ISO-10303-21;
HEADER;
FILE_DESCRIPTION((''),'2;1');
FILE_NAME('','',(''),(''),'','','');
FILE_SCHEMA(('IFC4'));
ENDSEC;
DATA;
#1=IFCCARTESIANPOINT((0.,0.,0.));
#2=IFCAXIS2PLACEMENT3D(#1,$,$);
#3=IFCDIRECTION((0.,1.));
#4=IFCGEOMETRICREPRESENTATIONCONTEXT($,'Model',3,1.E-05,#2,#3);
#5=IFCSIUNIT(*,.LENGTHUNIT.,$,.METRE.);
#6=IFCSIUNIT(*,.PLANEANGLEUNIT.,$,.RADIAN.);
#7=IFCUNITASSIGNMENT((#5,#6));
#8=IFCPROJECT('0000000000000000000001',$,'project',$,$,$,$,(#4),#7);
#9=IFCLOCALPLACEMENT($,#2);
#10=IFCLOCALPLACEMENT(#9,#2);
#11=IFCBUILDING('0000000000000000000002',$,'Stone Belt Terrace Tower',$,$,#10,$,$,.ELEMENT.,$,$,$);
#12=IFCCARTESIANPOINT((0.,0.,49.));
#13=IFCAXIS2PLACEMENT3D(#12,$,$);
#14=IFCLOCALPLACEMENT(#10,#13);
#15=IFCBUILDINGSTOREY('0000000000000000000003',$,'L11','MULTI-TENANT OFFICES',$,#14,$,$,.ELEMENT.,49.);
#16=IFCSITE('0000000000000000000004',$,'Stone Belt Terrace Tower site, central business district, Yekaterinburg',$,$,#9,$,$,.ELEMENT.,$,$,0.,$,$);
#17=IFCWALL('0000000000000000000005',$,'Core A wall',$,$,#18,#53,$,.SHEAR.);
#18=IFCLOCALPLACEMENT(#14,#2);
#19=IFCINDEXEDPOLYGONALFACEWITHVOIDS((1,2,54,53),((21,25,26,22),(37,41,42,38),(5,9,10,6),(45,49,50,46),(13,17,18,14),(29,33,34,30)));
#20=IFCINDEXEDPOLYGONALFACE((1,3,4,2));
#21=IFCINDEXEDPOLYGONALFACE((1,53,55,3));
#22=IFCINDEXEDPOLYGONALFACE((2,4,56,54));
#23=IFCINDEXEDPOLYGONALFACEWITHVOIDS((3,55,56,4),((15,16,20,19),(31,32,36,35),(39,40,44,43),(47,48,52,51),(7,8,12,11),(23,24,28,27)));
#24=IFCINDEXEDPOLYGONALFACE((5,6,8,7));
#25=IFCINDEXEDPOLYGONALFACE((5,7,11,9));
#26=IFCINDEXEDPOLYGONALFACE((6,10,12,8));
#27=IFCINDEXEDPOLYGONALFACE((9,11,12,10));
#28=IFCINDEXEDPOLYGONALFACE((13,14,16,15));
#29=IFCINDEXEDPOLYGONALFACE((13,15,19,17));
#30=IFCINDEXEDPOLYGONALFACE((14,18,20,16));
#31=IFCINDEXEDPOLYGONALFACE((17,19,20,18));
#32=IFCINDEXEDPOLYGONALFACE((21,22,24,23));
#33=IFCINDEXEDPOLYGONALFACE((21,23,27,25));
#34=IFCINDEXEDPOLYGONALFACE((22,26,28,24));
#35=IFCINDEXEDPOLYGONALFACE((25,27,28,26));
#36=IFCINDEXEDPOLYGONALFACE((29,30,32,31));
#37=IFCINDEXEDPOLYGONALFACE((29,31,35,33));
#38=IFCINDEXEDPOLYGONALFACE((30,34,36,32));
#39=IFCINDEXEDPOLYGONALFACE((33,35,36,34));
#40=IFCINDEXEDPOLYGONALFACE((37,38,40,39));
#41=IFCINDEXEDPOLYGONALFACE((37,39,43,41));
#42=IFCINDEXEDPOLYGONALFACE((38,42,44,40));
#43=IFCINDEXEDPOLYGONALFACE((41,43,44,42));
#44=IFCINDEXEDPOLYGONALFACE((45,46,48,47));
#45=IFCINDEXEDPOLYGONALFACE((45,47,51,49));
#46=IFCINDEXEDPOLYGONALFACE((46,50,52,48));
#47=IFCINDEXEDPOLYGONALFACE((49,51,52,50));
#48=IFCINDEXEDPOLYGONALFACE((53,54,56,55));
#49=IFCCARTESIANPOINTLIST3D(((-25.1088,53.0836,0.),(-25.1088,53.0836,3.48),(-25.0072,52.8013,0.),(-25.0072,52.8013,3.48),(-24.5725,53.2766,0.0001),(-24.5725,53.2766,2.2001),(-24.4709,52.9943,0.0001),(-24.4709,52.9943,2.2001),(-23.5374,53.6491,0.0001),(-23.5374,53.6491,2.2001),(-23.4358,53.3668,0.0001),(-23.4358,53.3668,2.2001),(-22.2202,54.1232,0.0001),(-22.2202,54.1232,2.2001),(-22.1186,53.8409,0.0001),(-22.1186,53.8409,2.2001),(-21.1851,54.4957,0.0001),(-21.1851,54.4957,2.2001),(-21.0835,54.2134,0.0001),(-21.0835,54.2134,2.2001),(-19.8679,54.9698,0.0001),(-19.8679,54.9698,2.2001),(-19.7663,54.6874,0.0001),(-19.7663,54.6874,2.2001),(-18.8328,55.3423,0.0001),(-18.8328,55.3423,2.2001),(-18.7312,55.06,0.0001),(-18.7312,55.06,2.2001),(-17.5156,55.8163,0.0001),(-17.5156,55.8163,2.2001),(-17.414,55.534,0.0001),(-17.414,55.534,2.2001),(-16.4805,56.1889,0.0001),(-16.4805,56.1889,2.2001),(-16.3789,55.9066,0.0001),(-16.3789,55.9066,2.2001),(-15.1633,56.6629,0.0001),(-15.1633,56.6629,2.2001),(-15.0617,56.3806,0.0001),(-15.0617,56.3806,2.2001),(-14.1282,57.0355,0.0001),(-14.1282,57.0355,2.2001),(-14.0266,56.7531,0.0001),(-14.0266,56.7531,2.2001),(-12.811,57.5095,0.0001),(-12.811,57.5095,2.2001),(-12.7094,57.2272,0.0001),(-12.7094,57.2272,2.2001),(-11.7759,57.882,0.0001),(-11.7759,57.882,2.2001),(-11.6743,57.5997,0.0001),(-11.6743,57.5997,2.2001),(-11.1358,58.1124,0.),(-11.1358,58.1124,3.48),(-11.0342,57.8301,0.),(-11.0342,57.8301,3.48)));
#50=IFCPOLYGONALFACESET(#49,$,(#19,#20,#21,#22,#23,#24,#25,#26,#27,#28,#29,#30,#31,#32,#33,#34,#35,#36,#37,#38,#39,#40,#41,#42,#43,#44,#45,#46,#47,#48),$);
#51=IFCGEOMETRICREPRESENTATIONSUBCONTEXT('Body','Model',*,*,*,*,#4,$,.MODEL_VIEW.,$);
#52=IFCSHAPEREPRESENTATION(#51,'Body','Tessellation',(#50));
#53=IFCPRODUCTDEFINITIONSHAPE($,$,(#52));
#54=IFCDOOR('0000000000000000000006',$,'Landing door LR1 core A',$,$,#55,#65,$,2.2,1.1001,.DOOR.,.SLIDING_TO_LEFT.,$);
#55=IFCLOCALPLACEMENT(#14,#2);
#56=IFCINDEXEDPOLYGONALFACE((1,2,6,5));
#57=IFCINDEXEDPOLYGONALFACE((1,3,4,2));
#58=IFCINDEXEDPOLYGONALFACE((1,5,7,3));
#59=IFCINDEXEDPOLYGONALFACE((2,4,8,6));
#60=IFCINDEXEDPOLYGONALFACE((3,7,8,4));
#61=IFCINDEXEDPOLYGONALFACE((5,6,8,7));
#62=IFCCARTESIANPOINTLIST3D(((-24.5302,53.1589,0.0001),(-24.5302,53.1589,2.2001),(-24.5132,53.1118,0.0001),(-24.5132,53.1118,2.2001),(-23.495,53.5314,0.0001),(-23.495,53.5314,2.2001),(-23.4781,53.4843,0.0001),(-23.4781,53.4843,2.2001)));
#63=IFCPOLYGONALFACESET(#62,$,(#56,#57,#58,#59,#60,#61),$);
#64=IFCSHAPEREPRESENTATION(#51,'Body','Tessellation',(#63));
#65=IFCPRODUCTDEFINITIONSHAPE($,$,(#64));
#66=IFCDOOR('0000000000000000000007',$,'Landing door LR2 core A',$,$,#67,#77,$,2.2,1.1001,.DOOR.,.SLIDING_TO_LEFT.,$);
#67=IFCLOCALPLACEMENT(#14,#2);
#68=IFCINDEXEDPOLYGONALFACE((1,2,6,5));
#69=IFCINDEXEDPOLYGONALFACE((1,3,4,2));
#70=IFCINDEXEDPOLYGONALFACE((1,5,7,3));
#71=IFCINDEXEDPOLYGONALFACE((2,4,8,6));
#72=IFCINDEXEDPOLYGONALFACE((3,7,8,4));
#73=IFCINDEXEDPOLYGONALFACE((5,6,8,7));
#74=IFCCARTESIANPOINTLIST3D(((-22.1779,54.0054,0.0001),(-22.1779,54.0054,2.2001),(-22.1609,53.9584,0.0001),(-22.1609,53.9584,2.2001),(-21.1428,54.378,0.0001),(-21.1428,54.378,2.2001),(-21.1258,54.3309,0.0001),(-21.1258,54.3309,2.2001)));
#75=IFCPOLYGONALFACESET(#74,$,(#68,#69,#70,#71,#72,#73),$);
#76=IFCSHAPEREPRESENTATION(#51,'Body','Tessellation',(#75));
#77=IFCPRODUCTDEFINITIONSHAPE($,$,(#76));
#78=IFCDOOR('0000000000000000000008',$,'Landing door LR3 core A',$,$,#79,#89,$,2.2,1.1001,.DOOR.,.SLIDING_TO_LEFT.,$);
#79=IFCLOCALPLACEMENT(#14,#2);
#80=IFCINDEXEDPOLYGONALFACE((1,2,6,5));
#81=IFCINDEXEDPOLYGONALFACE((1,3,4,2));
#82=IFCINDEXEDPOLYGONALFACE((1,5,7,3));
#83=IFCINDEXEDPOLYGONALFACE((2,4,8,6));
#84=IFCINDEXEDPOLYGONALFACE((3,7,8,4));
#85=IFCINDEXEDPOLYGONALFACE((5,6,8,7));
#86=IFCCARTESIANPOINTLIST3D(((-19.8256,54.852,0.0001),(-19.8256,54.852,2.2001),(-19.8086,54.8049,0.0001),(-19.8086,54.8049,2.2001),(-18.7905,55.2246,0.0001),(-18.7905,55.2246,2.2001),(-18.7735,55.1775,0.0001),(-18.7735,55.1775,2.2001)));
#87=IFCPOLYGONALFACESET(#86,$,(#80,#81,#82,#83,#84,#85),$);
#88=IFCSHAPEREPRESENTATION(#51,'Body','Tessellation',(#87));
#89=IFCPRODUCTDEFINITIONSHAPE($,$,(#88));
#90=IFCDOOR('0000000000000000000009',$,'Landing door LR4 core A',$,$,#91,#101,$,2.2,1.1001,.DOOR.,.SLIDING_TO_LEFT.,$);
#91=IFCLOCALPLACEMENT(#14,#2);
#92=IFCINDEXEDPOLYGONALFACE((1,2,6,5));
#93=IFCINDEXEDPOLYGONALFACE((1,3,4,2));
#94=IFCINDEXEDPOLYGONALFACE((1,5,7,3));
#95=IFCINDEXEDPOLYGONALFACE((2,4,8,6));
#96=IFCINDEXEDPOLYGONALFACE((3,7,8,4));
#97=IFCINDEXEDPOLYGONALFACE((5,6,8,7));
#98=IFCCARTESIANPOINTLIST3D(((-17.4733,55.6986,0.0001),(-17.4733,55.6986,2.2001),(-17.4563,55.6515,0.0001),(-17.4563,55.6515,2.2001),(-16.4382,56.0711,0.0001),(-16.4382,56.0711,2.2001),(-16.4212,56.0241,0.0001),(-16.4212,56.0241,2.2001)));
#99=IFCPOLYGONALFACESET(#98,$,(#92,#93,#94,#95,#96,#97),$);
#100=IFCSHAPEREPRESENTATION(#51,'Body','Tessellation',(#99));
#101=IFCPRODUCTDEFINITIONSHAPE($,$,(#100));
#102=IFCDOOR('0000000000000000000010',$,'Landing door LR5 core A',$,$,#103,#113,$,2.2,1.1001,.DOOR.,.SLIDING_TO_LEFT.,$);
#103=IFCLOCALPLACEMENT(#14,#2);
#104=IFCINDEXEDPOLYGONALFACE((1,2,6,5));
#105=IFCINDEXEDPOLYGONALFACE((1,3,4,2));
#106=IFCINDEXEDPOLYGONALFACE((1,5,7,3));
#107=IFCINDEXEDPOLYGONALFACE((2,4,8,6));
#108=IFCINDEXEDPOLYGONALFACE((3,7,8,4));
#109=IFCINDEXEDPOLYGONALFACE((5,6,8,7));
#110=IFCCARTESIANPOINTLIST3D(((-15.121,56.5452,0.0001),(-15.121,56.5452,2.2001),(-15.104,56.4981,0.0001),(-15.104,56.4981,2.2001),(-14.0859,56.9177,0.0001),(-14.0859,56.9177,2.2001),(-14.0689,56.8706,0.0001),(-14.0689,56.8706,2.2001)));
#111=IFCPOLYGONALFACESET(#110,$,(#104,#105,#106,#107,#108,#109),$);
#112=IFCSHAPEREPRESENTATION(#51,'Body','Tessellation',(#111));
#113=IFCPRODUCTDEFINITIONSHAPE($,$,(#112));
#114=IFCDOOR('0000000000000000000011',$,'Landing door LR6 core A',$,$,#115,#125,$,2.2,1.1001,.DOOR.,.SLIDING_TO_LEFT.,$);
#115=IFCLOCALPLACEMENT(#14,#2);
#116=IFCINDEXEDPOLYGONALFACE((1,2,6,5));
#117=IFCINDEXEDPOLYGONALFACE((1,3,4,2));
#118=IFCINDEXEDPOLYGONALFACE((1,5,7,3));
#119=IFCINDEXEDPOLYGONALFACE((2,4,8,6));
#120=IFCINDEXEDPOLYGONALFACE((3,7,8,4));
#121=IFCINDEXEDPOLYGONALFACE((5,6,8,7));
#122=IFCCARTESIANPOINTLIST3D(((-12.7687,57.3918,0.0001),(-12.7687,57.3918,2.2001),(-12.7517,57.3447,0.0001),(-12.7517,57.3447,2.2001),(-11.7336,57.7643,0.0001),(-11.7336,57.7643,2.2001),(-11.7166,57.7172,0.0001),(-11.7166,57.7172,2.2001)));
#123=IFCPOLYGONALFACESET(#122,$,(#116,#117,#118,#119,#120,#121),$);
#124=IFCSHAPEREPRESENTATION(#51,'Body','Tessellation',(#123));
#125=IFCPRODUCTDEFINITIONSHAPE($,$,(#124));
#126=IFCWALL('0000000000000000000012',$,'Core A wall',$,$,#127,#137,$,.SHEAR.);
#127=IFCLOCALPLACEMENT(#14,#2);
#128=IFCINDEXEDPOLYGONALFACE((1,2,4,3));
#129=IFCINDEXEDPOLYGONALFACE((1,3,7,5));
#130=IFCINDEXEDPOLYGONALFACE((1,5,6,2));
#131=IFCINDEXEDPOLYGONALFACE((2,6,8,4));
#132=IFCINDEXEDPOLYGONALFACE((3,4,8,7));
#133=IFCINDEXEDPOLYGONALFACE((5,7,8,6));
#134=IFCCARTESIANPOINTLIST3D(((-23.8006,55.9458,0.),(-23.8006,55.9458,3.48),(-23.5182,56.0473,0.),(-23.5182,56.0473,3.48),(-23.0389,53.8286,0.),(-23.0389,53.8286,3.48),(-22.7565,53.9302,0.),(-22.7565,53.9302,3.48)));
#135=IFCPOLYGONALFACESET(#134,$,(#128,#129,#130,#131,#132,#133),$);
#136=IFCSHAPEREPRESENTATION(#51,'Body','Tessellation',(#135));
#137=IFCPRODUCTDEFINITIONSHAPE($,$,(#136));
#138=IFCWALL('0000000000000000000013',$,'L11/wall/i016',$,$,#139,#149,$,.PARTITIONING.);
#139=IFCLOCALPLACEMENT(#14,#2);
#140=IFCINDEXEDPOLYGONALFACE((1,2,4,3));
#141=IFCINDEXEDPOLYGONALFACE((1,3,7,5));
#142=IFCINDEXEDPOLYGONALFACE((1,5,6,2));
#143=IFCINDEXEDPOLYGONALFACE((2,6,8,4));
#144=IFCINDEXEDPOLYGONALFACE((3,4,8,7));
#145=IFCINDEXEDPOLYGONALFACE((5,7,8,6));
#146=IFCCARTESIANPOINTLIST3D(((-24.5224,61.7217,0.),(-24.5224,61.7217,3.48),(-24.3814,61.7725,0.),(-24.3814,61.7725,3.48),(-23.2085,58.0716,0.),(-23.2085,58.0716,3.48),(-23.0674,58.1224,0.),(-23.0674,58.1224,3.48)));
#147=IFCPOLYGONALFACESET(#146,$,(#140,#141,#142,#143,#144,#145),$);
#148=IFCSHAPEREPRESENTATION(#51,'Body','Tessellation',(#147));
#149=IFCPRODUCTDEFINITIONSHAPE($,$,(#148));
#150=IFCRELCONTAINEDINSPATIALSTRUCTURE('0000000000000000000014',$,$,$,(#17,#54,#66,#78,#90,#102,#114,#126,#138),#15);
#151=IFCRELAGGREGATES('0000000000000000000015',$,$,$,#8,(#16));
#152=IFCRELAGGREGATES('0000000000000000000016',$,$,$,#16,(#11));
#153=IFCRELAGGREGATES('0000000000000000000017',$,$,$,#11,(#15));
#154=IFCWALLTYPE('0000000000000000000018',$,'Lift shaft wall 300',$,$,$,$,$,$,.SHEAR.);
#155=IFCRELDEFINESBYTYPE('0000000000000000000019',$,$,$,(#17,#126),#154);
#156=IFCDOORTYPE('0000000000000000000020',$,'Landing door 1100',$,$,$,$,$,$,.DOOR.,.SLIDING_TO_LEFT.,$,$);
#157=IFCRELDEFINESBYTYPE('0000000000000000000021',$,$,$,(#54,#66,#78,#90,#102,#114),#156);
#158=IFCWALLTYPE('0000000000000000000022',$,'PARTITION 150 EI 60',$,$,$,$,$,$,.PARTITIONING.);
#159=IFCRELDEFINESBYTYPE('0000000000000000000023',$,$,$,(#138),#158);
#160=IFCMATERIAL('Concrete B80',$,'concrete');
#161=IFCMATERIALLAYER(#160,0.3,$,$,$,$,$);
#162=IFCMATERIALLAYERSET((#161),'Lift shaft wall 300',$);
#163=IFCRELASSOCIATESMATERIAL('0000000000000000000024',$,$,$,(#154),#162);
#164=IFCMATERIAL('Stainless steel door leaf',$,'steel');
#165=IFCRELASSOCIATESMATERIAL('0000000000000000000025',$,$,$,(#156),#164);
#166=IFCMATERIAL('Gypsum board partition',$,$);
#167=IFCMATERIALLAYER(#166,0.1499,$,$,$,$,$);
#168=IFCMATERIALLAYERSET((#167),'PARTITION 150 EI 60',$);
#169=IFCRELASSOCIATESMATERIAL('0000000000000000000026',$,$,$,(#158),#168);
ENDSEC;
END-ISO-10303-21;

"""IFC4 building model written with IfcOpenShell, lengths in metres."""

from ifc_helpers import new_model, si_unit, direction, frame, frame_2d, origin, place, context, subcontext, project, spatial, rectangle, extrude, material, layer, layer_set, type_object, element, fill, save


model = new_model("IFC4")

# Units and contexts
model_context = context("Model", 3, precision=1e-05, world=origin(), true_north=direction((0.0, 1.0)))
body_context = subcontext(model_context, "Body", "Model", "MODEL_VIEW")
ifc_project = project(units=[si_unit("LENGTHUNIT", "METRE"), si_unit("PLANEANGLEUNIT", "RADIAN")], contexts=[model_context])

# Site, building, storey
site_placement = place(None, origin())
site = spatial("IfcSite", under=ifc_project, at=site_placement, Name="Stone Belt Terrace Tower site, central business district, Yekaterinburg", CompositionType="ELEMENT", RefElevation=0.0)
building_placement = place(site_placement, origin())
building = spatial("IfcBuilding", under=site, at=building_placement, Name="Stone Belt Terrace Tower", CompositionType="ELEMENT")
storey_placement = place(building_placement, frame((0.0, 0.0, 49.0)))
storey = spatial("IfcBuildingStorey", under=building, at=storey_placement, Name="L11", Description="MULTI-TENANT OFFICES", CompositionType="ELEMENT", Elevation=49.0)

# Shared definitions
ifc_material_1 = material(Name="Concrete B80", Category="concrete")

# Shared definitions
ifc_layer_1 = layer(ifc_material_1, 0.3)
ifc_layer_set_1 = layer_set([ifc_layer_1], Name="Lift shaft wall 300")
wall_type_1 = type_object("IfcWallType", Name="Lift shaft wall 300", PredefinedType="SHEAR", material=ifc_layer_set_1)
ifc_material_2 = material(Name="Stainless steel door leaf", Category="steel")

# Wall, openings, doors
wall_1_placement = place(storey_placement, frame((-25.0581, 52.9424, 0.0), z_axis=(0.0, 0.0, 1.0), x_axis=(0.940918, 0.338634, 0.0)))
wall_1 = element("IfcWall", 1, at=wall_1_placement, inside=storey, type_object=wall_type_1, Name="Core A wall", PredefinedType="SHEAR", context=body_context, shape_type="SweptSolid", body=[
    extrude(rectangle(XDim=14.8503, YDim=0.3, at=frame_2d((7.4253, 0.0))), origin(), (0.0, 0.0, 1.0), 3.48),
])
opening_1_placement = place(wall_1_placement, frame((0.5701, 0.0, 0.0)))
opening_1 = element("IfcOpeningElement", 2, at=opening_1_placement, cuts=wall_1, PredefinedType="OPENING", context=body_context, shape_type="SweptSolid", body=[
    extrude(rectangle(XDim=1.1001, YDim=2.2, at=frame_2d((0.55, 1.1001))), frame((0.0, 0.1599, 0.0), z_axis=(0.0, -1.0, 0.0), x_axis=(1.0, 0.0, 0.0)), (0.0, 0.0, 1.0), 0.3201),
])
opening_2_placement = place(wall_1_placement, frame((3.0701, 0.0, 0.0)))
opening_2 = element("IfcOpeningElement", 3, at=opening_2_placement, cuts=wall_1, PredefinedType="OPENING", context=body_context, shape_type="SweptSolid", body=[
    extrude(rectangle(XDim=1.1001, YDim=2.2, at=frame_2d((0.55, 1.1001))), frame((0.0, 0.1599, 0.0), z_axis=(0.0, -1.0, 0.0), x_axis=(1.0, 0.0, 0.0)), (0.0, 0.0, 1.0), 0.3201),
])
opening_3_placement = place(wall_1_placement, frame((5.5701, 0.0, 0.0)))
opening_3 = element("IfcOpeningElement", 4, at=opening_3_placement, cuts=wall_1, PredefinedType="OPENING", context=body_context, shape_type="SweptSolid", body=[
    extrude(rectangle(XDim=1.1001, YDim=2.2, at=frame_2d((0.55, 1.1001))), frame((0.0, 0.1599, 0.0), z_axis=(0.0, -1.0, 0.0), x_axis=(1.0, 0.0, 0.0)), (0.0, 0.0, 1.0), 0.3201),
])
opening_4_placement = place(wall_1_placement, frame((8.0701, 0.0, 0.0)))
opening_4 = element("IfcOpeningElement", 5, at=opening_4_placement, cuts=wall_1, PredefinedType="OPENING", context=body_context, shape_type="SweptSolid", body=[
    extrude(rectangle(XDim=1.1001, YDim=2.2, at=frame_2d((0.55, 1.1001))), frame((0.0, 0.1599, 0.0), z_axis=(0.0, -1.0, 0.0), x_axis=(1.0, 0.0, 0.0)), (0.0, 0.0, 1.0), 0.3201),
])
opening_5_placement = place(wall_1_placement, frame((10.5701, 0.0, 0.0)))
opening_5 = element("IfcOpeningElement", 6, at=opening_5_placement, cuts=wall_1, PredefinedType="OPENING", context=body_context, shape_type="SweptSolid", body=[
    extrude(rectangle(XDim=1.1001, YDim=2.2, at=frame_2d((0.55, 1.1001))), frame((0.0, 0.1599, 0.0), z_axis=(0.0, -1.0, 0.0), x_axis=(1.0, 0.0, 0.0)), (0.0, 0.0, 1.0), 0.3201),
])
opening_6_placement = place(wall_1_placement, frame((13.0701, 0.0, 0.0)))
opening_6 = element("IfcOpeningElement", 7, at=opening_6_placement, cuts=wall_1, PredefinedType="OPENING", context=body_context, shape_type="SweptSolid", body=[
    extrude(rectangle(XDim=1.1001, YDim=2.2, at=frame_2d((0.55, 1.1001))), frame((0.0, 0.1599, 0.0), z_axis=(0.0, -1.0, 0.0), x_axis=(1.0, 0.0, 0.0)), (0.0, 0.0, 1.0), 0.3201),
])
door_type_1 = type_object("IfcDoorType", Name="Landing door 1100", OperationType="SLIDING_TO_LEFT", PredefinedType="DOOR", material=ifc_material_2)
door_1_placement = place(opening_1_placement, origin())
door_1 = element("IfcDoor", 8, at=door_1_placement, inside=storey, type_object=door_type_1, Name="Landing door LR1 core A", OperationType="SLIDING_TO_LEFT", OverallHeight=2.2, OverallWidth=1.1001, PredefinedType="DOOR", context=body_context, shape_type="SweptSolid", body=[
    extrude(rectangle(XDim=1.1001, YDim=2.2, at=frame_2d((0.55, 1.1001))), frame((0.0, 0.0249, 0.0), z_axis=(0.0, -1.0, 0.0), x_axis=(1.0, 0.0, 0.0)), (0.0, 0.0, 1.0), 0.05),
])
fill(opening_1, door_1)
door_2_placement = place(opening_2_placement, origin())
door_2 = element("IfcDoor", 9, at=door_2_placement, inside=storey, type_object=door_type_1, Name="Landing door LR2 core A", OperationType="SLIDING_TO_LEFT", OverallHeight=2.2, OverallWidth=1.1001, PredefinedType="DOOR", context=body_context, shape_type="SweptSolid", body=[
    extrude(rectangle(XDim=1.1001, YDim=2.2, at=frame_2d((0.55, 1.1001))), frame((0.0, 0.0249, 0.0), z_axis=(0.0, -1.0, 0.0), x_axis=(1.0, 0.0, 0.0)), (0.0, 0.0, 1.0), 0.05),
])
fill(opening_2, door_2)
door_3_placement = place(opening_3_placement, origin())
door_3 = element("IfcDoor", 10, at=door_3_placement, inside=storey, type_object=door_type_1, Name="Landing door LR3 core A", OperationType="SLIDING_TO_LEFT", OverallHeight=2.2, OverallWidth=1.1001, PredefinedType="DOOR", context=body_context, shape_type="SweptSolid", body=[
    extrude(rectangle(XDim=1.1001, YDim=2.2, at=frame_2d((0.55, 1.1001))), frame((0.0, 0.0249, 0.0), z_axis=(0.0, -1.0, 0.0), x_axis=(1.0, 0.0, 0.0)), (0.0, 0.0, 1.0), 0.05),
])
fill(opening_3, door_3)
door_4_placement = place(opening_4_placement, origin())
door_4 = element("IfcDoor", 11, at=door_4_placement, inside=storey, type_object=door_type_1, Name="Landing door LR4 core A", OperationType="SLIDING_TO_LEFT", OverallHeight=2.2, OverallWidth=1.1001, PredefinedType="DOOR", context=body_context, shape_type="SweptSolid", body=[
    extrude(rectangle(XDim=1.1001, YDim=2.2, at=frame_2d((0.55, 1.1001))), frame((0.0, 0.0249, 0.0), z_axis=(0.0, -1.0, 0.0), x_axis=(1.0, 0.0, 0.0)), (0.0, 0.0, 1.0), 0.05),
])
fill(opening_4, door_4)
door_5_placement = place(opening_5_placement, origin())
door_5 = element("IfcDoor", 12, at=door_5_placement, inside=storey, type_object=door_type_1, Name="Landing door LR5 core A", OperationType="SLIDING_TO_LEFT", OverallHeight=2.2, OverallWidth=1.1001, PredefinedType="DOOR", context=body_context, shape_type="SweptSolid", body=[
    extrude(rectangle(XDim=1.1001, YDim=2.2, at=frame_2d((0.55, 1.1001))), frame((0.0, 0.0249, 0.0), z_axis=(0.0, -1.0, 0.0), x_axis=(1.0, 0.0, 0.0)), (0.0, 0.0, 1.0), 0.05),
])
fill(opening_5, door_5)
door_6_placement = place(opening_6_placement, origin())
door_6 = element("IfcDoor", 13, at=door_6_placement, inside=storey, type_object=door_type_1, Name="Landing door LR6 core A", OperationType="SLIDING_TO_LEFT", OverallHeight=2.2, OverallWidth=1.1001, PredefinedType="DOOR", context=body_context, shape_type="SweptSolid", body=[
    extrude(rectangle(XDim=1.1001, YDim=2.2, at=frame_2d((0.55, 1.1001))), frame((0.0, 0.0249, 0.0), z_axis=(0.0, -1.0, 0.0), x_axis=(1.0, 0.0, 0.0)), (0.0, 0.0, 1.0), 0.05),
])
fill(opening_6, door_6)

# Walls
wall_2_placement = place(storey_placement, frame((-22.8977, 53.8794, 0.0), z_axis=(0.0, 0.0, 1.0), x_axis=(-0.338535, 0.940954, 0.0)))
element("IfcWall", 14, at=wall_2_placement, inside=storey, type_object=wall_type_1, Name="Core A wall", PredefinedType="SHEAR", context=body_context, shape_type="SweptSolid", body=[
    extrude(rectangle(XDim=2.25, YDim=0.3, at=frame_2d((1.125, 0.0))), origin(), (0.0, 0.0, 1.0), 3.48),
])
ifc_material_3 = material(Name="Gypsum board partition")
ifc_layer_2 = layer(ifc_material_3, 0.1499)
ifc_layer_set_2 = layer_set([ifc_layer_2], Name="PARTITION 150 EI 60")
wall_type_2 = type_object("IfcWallType", Name="PARTITION 150 EI 60", PredefinedType="PARTITIONING", material=ifc_layer_set_2)
wall_3_placement = place(storey_placement, frame((-24.4519, 61.7471, 0.0), z_axis=(0.0, 0.0, 1.0), x_axis=(0.338699, -0.940895, 0.0)))
element("IfcWall", 15, at=wall_3_placement, inside=storey, type_object=wall_type_2, Name="L11/wall/i016", PredefinedType="PARTITIONING", context=body_context, shape_type="SweptSolid", body=[
    extrude(rectangle(XDim=3.8794, YDim=0.1499, at=frame_2d((1.9397, 0.0))), origin(), (0.0, 0.0, 1.0), 3.48),
])

save(model, "model.ifc")
